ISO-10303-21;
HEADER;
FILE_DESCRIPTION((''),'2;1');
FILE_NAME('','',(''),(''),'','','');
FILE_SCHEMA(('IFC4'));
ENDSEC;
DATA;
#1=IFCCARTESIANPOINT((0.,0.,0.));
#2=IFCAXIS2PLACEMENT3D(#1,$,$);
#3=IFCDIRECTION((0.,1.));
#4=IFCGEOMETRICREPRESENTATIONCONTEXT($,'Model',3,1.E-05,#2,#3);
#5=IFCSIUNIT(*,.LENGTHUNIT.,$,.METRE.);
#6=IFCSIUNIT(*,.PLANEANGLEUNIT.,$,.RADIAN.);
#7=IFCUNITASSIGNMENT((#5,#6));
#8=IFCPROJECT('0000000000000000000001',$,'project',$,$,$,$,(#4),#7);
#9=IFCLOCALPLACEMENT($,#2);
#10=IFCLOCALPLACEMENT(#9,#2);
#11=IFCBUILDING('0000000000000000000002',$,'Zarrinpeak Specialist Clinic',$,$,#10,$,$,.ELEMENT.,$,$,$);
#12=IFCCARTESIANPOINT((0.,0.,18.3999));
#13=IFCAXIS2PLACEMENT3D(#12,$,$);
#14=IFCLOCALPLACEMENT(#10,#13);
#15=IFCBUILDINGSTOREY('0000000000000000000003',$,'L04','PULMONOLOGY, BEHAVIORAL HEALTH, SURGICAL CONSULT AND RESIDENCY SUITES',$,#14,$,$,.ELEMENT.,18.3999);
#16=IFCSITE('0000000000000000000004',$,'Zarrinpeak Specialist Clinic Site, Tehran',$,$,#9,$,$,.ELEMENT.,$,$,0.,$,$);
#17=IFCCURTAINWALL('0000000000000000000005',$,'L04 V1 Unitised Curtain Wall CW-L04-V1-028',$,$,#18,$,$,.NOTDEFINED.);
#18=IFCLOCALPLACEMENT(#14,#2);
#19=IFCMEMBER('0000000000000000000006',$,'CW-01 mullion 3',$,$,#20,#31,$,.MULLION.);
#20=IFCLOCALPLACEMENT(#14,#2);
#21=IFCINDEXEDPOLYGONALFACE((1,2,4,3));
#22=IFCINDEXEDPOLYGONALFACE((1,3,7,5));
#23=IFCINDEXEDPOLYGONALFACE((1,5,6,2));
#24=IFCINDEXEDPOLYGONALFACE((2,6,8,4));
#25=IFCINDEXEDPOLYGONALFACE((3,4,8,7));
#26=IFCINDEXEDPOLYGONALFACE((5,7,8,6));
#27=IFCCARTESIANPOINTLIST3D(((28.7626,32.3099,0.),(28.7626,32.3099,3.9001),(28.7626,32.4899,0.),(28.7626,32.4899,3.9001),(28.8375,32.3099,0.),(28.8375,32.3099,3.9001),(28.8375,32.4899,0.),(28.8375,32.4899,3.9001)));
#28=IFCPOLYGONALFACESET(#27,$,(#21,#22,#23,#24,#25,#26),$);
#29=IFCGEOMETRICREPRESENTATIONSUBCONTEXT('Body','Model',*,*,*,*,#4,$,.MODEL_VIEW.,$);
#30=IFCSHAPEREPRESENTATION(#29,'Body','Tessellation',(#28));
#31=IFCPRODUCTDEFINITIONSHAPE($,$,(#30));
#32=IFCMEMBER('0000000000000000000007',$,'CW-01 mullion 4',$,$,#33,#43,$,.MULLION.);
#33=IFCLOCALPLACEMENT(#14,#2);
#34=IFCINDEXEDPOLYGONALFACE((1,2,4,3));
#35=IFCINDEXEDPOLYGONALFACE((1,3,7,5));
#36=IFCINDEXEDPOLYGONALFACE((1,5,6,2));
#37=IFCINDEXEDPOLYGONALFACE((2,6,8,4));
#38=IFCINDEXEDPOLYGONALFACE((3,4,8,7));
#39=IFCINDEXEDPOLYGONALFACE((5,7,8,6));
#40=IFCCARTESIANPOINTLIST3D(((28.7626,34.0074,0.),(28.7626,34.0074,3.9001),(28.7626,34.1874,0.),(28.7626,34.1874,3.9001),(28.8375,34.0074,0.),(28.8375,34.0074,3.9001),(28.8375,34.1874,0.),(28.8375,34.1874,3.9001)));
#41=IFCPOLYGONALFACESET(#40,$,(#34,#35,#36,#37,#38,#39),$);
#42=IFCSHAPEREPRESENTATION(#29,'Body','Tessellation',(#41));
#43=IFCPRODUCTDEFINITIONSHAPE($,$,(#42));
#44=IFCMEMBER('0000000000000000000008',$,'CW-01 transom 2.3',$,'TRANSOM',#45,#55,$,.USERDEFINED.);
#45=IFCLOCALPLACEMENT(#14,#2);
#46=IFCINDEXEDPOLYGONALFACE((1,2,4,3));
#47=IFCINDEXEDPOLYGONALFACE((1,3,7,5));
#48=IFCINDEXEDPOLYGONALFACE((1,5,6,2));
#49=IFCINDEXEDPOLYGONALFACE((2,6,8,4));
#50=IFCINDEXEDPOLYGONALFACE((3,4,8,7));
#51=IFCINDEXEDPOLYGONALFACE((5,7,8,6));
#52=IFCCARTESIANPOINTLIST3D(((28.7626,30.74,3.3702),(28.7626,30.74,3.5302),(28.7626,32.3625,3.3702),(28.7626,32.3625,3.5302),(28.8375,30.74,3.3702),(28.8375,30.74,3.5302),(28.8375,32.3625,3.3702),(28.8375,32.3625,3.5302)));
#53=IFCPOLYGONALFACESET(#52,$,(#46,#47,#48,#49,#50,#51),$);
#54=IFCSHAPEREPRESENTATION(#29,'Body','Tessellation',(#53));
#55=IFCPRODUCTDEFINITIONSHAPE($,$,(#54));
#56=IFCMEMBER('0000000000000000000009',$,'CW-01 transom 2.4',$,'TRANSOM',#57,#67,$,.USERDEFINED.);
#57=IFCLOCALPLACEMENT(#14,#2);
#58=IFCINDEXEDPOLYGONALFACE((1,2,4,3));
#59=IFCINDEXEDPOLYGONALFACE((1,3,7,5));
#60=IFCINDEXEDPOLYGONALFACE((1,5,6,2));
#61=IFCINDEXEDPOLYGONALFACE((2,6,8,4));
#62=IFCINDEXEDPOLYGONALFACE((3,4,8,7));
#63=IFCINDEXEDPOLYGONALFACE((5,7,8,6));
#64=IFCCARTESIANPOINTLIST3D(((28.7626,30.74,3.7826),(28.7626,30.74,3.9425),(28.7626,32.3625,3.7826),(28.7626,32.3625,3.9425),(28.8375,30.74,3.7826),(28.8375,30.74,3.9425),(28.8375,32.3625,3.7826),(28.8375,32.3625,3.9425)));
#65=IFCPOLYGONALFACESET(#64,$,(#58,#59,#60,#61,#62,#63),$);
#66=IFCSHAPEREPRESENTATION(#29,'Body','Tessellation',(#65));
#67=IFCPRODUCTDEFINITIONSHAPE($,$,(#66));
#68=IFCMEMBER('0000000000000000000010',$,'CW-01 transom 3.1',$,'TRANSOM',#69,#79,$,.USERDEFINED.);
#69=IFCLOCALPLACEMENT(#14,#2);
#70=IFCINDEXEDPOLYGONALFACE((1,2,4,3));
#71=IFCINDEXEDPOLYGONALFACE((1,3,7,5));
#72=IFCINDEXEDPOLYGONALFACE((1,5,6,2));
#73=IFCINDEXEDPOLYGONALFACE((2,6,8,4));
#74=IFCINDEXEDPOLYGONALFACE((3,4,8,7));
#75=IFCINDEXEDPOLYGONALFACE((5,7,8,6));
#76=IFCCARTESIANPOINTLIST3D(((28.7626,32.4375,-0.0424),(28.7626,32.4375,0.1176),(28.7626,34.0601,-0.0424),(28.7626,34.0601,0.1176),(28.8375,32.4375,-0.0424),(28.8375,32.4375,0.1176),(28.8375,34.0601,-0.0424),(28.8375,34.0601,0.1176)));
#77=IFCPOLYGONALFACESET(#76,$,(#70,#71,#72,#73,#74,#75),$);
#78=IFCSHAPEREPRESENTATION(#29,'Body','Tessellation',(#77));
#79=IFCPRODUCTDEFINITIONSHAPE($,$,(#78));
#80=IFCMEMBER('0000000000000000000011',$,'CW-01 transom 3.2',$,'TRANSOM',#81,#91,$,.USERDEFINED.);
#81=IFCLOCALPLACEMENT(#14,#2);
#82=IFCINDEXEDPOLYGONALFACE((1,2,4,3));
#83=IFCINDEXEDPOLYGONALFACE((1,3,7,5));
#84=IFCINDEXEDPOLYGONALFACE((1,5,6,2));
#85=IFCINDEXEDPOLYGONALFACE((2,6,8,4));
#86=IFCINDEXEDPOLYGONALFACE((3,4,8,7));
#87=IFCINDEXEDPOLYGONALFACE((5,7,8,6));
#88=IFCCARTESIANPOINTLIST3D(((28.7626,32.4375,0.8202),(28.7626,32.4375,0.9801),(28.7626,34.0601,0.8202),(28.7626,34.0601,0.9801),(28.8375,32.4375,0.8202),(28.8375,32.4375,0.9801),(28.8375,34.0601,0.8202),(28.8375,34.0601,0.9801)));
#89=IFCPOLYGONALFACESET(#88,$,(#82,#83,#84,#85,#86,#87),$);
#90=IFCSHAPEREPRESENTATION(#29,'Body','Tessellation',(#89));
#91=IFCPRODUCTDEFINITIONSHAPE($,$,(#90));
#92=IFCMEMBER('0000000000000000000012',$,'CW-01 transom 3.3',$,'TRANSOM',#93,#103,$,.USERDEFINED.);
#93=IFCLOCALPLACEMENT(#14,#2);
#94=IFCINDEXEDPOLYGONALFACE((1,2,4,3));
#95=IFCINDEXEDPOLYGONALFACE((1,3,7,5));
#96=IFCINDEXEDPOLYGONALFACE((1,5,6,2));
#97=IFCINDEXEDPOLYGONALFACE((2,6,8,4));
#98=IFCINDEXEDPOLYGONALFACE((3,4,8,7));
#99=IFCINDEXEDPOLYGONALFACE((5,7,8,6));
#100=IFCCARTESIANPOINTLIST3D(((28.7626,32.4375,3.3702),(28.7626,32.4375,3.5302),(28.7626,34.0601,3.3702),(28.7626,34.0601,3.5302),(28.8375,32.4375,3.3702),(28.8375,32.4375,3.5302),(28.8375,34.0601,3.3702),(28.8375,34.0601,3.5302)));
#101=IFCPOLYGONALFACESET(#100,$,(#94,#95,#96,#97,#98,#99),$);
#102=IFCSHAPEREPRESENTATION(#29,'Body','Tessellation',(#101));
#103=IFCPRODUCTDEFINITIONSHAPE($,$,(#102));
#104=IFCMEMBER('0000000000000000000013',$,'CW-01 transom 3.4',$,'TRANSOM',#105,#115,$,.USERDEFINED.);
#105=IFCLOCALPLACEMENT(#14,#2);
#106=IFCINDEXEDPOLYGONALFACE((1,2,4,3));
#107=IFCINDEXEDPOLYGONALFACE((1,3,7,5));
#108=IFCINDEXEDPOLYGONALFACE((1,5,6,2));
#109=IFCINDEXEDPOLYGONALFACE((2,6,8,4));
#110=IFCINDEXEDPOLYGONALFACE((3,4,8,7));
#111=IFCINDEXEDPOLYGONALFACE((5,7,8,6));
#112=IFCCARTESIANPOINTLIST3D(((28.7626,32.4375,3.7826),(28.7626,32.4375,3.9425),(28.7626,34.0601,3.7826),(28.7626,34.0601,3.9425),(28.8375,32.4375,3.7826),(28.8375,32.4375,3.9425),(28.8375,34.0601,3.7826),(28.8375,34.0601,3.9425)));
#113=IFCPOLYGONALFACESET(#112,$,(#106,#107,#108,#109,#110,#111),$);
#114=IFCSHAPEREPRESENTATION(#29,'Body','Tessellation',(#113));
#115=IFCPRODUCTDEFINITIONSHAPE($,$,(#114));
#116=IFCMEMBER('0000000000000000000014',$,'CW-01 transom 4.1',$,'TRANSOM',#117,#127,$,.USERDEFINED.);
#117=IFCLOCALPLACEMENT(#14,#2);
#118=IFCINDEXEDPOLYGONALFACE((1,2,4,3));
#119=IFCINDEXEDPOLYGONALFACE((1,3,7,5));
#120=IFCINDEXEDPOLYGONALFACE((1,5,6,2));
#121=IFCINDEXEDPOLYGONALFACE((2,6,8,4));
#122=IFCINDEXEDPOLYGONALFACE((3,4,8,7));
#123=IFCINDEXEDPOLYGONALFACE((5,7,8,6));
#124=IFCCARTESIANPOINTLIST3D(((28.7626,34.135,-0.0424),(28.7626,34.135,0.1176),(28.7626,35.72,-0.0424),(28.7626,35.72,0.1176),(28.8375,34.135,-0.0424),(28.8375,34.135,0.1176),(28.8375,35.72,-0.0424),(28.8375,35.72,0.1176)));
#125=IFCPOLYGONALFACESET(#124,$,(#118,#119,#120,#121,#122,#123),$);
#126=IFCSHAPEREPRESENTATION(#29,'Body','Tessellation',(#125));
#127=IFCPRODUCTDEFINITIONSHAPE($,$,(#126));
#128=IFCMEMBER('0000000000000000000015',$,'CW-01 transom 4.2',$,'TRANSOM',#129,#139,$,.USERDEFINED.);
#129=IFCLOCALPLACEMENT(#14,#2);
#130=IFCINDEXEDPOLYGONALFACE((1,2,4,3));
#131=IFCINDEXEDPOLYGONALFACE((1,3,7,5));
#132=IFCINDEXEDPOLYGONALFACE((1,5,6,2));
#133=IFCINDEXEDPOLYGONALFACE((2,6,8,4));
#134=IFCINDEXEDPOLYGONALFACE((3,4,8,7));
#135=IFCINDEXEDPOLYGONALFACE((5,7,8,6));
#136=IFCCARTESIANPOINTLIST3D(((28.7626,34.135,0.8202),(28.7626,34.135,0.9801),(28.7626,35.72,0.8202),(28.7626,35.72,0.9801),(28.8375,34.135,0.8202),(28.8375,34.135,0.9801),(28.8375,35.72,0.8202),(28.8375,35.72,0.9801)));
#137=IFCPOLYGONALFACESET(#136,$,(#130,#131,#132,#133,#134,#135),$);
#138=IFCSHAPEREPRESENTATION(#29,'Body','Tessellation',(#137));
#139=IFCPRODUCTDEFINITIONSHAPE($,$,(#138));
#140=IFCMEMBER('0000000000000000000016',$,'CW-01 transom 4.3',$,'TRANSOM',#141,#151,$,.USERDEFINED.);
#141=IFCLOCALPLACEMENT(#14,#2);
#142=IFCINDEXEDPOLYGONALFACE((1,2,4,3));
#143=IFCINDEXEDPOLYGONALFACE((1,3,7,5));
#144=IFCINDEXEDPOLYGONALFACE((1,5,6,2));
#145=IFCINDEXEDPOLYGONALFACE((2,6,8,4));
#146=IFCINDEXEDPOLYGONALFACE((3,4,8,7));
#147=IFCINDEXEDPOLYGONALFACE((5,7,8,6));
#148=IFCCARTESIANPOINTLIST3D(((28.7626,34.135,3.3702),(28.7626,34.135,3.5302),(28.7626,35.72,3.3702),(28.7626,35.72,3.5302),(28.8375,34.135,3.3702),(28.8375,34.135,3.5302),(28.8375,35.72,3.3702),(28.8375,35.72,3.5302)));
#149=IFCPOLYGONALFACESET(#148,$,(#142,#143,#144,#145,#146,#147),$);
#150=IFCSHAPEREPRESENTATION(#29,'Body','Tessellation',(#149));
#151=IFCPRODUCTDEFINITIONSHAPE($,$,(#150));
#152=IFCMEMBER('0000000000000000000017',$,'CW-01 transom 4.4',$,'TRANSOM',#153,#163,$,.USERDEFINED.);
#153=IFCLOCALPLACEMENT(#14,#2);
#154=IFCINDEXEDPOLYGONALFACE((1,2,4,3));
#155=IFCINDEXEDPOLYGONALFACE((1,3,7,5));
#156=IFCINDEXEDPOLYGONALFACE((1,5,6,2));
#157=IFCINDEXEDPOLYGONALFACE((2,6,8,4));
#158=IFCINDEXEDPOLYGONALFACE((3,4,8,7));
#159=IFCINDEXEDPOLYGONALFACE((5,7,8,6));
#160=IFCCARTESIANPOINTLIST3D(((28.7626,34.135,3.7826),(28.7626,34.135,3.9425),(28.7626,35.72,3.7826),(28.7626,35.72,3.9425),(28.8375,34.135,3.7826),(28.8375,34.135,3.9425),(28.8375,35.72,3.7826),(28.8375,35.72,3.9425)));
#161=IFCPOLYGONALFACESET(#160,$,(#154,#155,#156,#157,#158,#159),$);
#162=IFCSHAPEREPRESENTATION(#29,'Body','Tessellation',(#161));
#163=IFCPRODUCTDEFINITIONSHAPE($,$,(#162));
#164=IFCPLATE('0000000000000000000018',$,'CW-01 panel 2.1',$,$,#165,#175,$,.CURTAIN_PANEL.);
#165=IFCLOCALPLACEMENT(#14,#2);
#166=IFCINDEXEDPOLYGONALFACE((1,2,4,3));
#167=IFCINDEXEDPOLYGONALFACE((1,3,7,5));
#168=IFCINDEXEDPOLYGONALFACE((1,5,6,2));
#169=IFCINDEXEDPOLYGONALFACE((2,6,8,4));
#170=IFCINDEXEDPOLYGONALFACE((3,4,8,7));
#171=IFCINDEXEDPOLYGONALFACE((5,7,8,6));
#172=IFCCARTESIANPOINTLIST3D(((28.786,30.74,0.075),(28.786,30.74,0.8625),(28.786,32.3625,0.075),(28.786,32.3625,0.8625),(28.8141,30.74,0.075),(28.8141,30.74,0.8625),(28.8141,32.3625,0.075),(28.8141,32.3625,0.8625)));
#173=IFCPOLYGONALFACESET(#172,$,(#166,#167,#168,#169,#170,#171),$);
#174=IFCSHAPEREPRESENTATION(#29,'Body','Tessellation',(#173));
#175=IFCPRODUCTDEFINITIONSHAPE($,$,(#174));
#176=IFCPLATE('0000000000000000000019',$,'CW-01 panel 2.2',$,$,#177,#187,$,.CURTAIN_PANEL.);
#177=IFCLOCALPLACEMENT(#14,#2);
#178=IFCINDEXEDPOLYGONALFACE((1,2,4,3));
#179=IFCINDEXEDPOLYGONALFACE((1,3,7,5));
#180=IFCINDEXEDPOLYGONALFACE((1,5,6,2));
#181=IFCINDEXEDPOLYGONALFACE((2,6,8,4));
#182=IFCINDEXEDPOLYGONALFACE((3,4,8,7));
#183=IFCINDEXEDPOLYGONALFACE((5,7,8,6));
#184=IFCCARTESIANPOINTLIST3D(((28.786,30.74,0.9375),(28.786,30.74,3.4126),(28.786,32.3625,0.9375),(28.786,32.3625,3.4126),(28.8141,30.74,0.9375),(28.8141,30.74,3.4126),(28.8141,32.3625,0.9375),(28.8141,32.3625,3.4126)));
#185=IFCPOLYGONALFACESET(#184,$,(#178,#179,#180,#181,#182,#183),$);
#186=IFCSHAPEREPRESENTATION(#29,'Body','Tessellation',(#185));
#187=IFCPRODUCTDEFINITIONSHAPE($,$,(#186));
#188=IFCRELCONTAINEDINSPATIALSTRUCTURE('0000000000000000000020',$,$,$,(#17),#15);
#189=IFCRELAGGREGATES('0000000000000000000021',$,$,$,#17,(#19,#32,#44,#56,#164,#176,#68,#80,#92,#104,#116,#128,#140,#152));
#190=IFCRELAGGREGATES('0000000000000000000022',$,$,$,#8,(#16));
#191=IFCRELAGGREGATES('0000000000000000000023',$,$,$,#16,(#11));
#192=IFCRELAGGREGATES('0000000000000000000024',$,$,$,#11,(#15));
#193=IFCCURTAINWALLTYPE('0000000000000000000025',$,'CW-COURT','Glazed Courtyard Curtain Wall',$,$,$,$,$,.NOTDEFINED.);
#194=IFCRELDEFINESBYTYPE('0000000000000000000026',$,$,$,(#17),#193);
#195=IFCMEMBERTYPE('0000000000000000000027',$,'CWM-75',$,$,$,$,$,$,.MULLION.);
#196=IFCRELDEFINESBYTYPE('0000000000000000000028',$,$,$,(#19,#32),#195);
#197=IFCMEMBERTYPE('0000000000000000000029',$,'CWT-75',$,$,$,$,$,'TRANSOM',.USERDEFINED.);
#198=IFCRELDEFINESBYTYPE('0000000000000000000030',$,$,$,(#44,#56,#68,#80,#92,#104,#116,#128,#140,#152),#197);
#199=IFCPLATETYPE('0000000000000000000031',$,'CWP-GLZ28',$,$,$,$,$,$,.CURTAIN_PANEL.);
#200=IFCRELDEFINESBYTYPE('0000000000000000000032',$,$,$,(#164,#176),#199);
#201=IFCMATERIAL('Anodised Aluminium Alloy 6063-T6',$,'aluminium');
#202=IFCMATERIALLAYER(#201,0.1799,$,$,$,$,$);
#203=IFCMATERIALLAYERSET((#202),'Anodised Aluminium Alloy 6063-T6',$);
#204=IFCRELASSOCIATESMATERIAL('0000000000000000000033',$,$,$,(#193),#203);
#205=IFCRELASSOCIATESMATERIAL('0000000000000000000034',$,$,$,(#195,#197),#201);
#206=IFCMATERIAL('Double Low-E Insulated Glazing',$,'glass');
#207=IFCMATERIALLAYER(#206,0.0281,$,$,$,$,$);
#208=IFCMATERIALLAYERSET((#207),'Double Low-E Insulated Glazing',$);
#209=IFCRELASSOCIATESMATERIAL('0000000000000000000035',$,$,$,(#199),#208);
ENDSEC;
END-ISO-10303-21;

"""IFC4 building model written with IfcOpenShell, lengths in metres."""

from ifc_helpers import new_model, si_unit, direction, frame, origin, origin_2d, place, context, subcontext, project, spatial, rectangle, extrude, material, layer, layer_set, material_profile, profile_set, type_object, element, aggregate, save


model = new_model("IFC4")

# Units and contexts
model_context = context("Model", 3, precision=1e-05, world=origin(), true_north=direction((0.0, 1.0)))
body_context = subcontext(model_context, "Body", "Model", "MODEL_VIEW")
ifc_project = project(units=[si_unit("LENGTHUNIT", "METRE"), si_unit("PLANEANGLEUNIT", "RADIAN")], contexts=[model_context])

# Site, building, storey
site_placement = place(None, origin())
site = spatial("IfcSite", under=ifc_project, at=site_placement, Name="Zarrinpeak Specialist Clinic Site, Tehran", CompositionType="ELEMENT", RefElevation=0.0)
building_placement = place(site_placement, origin())
building = spatial("IfcBuilding", under=site, at=building_placement, Name="Zarrinpeak Specialist Clinic", CompositionType="ELEMENT")
storey_placement = place(building_placement, frame((0.0, 0.0, 18.3999)))
storey = spatial("IfcBuildingStorey", under=building, at=storey_placement, Name="L04", Description="PULMONOLOGY, BEHAVIORAL HEALTH, SURGICAL CONSULT AND RESIDENCY SUITES", CompositionType="ELEMENT", Elevation=18.3999)

# Curtain wall, members, plates
ifc_material_1 = material(Name="Anodised Aluminium Alloy 6063-T6", Category="aluminium")
ifc_layer_1 = layer(ifc_material_1, 0.1799)
ifc_layer_set_1 = layer_set([ifc_layer_1], Name="Anodised Aluminium Alloy 6063-T6")
curtain_wall_type = type_object("IfcCurtainWallType", Name="CW-COURT", Description="Glazed Courtyard Curtain Wall", PredefinedType="NOTDEFINED", material=ifc_layer_set_1)
curtain_wall_placement = place(storey_placement, origin())
curtain_wall = element("IfcCurtainWall", 1, at=curtain_wall_placement, inside=storey, type_object=curtain_wall_type, Name="L04 V1 Unitised Curtain Wall CW-L04-V1-028", PredefinedType="NOTDEFINED")
ifc_material_profile_1 = material_profile(ifc_material_1, rectangle(XDim=0.075, YDim=0.1799, at=origin_2d()), Name="ALU 75x180")
ifc_profile_set_1 = profile_set([ifc_material_profile_1], Name="Anodised Aluminium Alloy 6063-T6")
member_type_1 = type_object("IfcMemberType", Name="CWM-75", PredefinedType="MULLION", material=ifc_profile_set_1)
member_1_placement = place(storey_placement, frame((28.8, 32.3999, 0.0), z_axis=(0.0, 0.0, 1.0), x_axis=(-1.0, 0.0, 0.0)))
member_1 = element("IfcMember", 2, at=member_1_placement, type_object=member_type_1, Name="CW-01 mullion 3", PredefinedType="MULLION", context=body_context, shape_type="SweptSolid", body=[
    extrude(rectangle(XDim=0.075, YDim=0.1799, at=origin_2d()), origin(), (0.0, 0.0, 1.0), 3.9001),
])
member_2_placement = place(storey_placement, frame((28.8, 34.0974, 0.0), z_axis=(0.0, 0.0, 1.0), x_axis=(-1.0, 0.0, 0.0)))
member_2 = element("IfcMember", 3, at=member_2_placement, type_object=member_type_1, Name="CW-01 mullion 4", PredefinedType="MULLION", context=body_context, shape_type="SweptSolid", body=[
    extrude(rectangle(XDim=0.075, YDim=0.1799, at=origin_2d()), origin(), (0.0, 0.0, 1.0), 3.9001),
])
ifc_material_profile_2 = material_profile(ifc_material_1, rectangle(XDim=0.075, YDim=0.1599, at=origin_2d()), Name="ALU 75x160")
ifc_profile_set_2 = profile_set([ifc_material_profile_2], Name="Anodised Aluminium Alloy 6063-T6")
member_type_2 = type_object("IfcMemberType", Name="CWT-75", ElementType="TRANSOM", PredefinedType="USERDEFINED", material=ifc_profile_set_2)
member_3_placement = place(storey_placement, frame((28.8, 30.74, 3.4502), z_axis=(0.0, 1.0, 0.0), x_axis=(-1.0, 0.0, 0.0)))
member_3 = element("IfcMember", 4, at=member_3_placement, type_object=member_type_2, Name="CW-01 transom 2.3", ObjectType="TRANSOM", PredefinedType="USERDEFINED", context=body_context, shape_type="SweptSolid", body=[
    extrude(rectangle(XDim=0.075, YDim=0.1599, at=origin_2d()), origin(), (0.0, 0.0, 1.0), 1.6226),
])
member_4_placement = place(storey_placement, frame((28.8, 30.74, 3.8625), z_axis=(0.0, 1.0, 0.0), x_axis=(-1.0, 0.0, 0.0)))
member_4 = element("IfcMember", 5, at=member_4_placement, type_object=member_type_2, Name="CW-01 transom 2.4", ObjectType="TRANSOM", PredefinedType="USERDEFINED", context=body_context, shape_type="SweptSolid", body=[
    extrude(rectangle(XDim=0.075, YDim=0.1599, at=origin_2d()), origin(), (0.0, 0.0, 1.0), 1.6226),
])
member_5_placement = place(storey_placement, frame((28.8, 32.4375, 0.0376), z_axis=(0.0, 1.0, 0.0), x_axis=(-1.0, 0.0, 0.0)))
member_5 = element("IfcMember", 6, at=member_5_placement, type_object=member_type_2, Name="CW-01 transom 3.1", ObjectType="TRANSOM", PredefinedType="USERDEFINED", context=body_context, shape_type="SweptSolid", body=[
    extrude(rectangle(XDim=0.075, YDim=0.1599, at=origin_2d()), origin(), (0.0, 0.0, 1.0), 1.6226),
])
member_6_placement = place(storey_placement, frame((28.8, 32.4375, 0.9001), z_axis=(0.0, 1.0, 0.0), x_axis=(-1.0, 0.0, 0.0)))
member_6 = element("IfcMember", 7, at=member_6_placement, type_object=member_type_2, Name="CW-01 transom 3.2", ObjectType="TRANSOM", PredefinedType="USERDEFINED", context=body_context, shape_type="SweptSolid", body=[
    extrude(rectangle(XDim=0.075, YDim=0.1599, at=origin_2d()), origin(), (0.0, 0.0, 1.0), 1.6226),
])
member_7_placement = place(storey_placement, frame((28.8, 32.4375, 3.4502), z_axis=(0.0, 1.0, 0.0), x_axis=(-1.0, 0.0, 0.0)))
member_7 = element("IfcMember", 8, at=member_7_placement, type_object=member_type_2, Name="CW-01 transom 3.3", ObjectType="TRANSOM", PredefinedType="USERDEFINED", context=body_context, shape_type="SweptSolid", body=[
    extrude(rectangle(XDim=0.075, YDim=0.1599, at=origin_2d()), origin(), (0.0, 0.0, 1.0), 1.6226),
])
member_8_placement = place(storey_placement, frame((28.8, 32.4375, 3.8625), z_axis=(0.0, 1.0, 0.0), x_axis=(-1.0, 0.0, 0.0)))
member_8 = element("IfcMember", 9, at=member_8_placement, type_object=member_type_2, Name="CW-01 transom 3.4", ObjectType="TRANSOM", PredefinedType="USERDEFINED", context=body_context, shape_type="SweptSolid", body=[
    extrude(rectangle(XDim=0.075, YDim=0.1599, at=origin_2d()), origin(), (0.0, 0.0, 1.0), 1.6226),
])
member_9_placement = place(storey_placement, frame((28.8, 34.135, 0.0376), z_axis=(0.0, 1.0, 0.0), x_axis=(-1.0, 0.0, 0.0)))
member_9 = element("IfcMember", 10, at=member_9_placement, type_object=member_type_2, Name="CW-01 transom 4.1", ObjectType="TRANSOM", PredefinedType="USERDEFINED", context=body_context, shape_type="SweptSolid", body=[
    extrude(rectangle(XDim=0.075, YDim=0.1599, at=origin_2d()), origin(), (0.0, 0.0, 1.0), 1.585),
])
member_10_placement = place(storey_placement, frame((28.8, 34.135, 0.9001), z_axis=(0.0, 1.0, 0.0), x_axis=(-1.0, 0.0, 0.0)))
member_10 = element("IfcMember", 11, at=member_10_placement, type_object=member_type_2, Name="CW-01 transom 4.2", ObjectType="TRANSOM", PredefinedType="USERDEFINED", context=body_context, shape_type="SweptSolid", body=[
    extrude(rectangle(XDim=0.075, YDim=0.1599, at=origin_2d()), origin(), (0.0, 0.0, 1.0), 1.585),
])
member_11_placement = place(storey_placement, frame((28.8, 34.135, 3.4502), z_axis=(0.0, 1.0, 0.0), x_axis=(-1.0, 0.0, 0.0)))
member_11 = element("IfcMember", 12, at=member_11_placement, type_object=member_type_2, Name="CW-01 transom 4.3", ObjectType="TRANSOM", PredefinedType="USERDEFINED", context=body_context, shape_type="SweptSolid", body=[
    extrude(rectangle(XDim=0.075, YDim=0.1599, at=origin_2d()), origin(), (0.0, 0.0, 1.0), 1.585),
])
member_12_placement = place(storey_placement, frame((28.8, 34.135, 3.8625), z_axis=(0.0, 1.0, 0.0), x_axis=(-1.0, 0.0, 0.0)))
member_12 = element("IfcMember", 13, at=member_12_placement, type_object=member_type_2, Name="CW-01 transom 4.4", ObjectType="TRANSOM", PredefinedType="USERDEFINED", context=body_context, shape_type="SweptSolid", body=[
    extrude(rectangle(XDim=0.075, YDim=0.1599, at=origin_2d()), origin(), (0.0, 0.0, 1.0), 1.585),
])
ifc_material_2 = material(Name="Double Low-E Insulated Glazing", Category="glass")
ifc_layer_2 = layer(ifc_material_2, 0.0281)
ifc_layer_set_2 = layer_set([ifc_layer_2], Name="Double Low-E Insulated Glazing")
plate_type = type_object("IfcPlateType", Name="CWP-GLZ28", PredefinedType="CURTAIN_PANEL", material=ifc_layer_set_2)
plate_1_placement = place(storey_placement, frame((28.8, 31.5513, 0.075), z_axis=(0.0, 0.0, 1.0), x_axis=(0.0, 1.0, 0.0)))
plate_1 = element("IfcPlate", 14, at=plate_1_placement, type_object=plate_type, Name="CW-01 panel 2.1", PredefinedType="CURTAIN_PANEL", context=body_context, shape_type="SweptSolid", body=[
    extrude(rectangle(XDim=1.6226, YDim=0.0281, at=origin_2d()), origin(), (0.0, 0.0, 1.0), 0.7876),
])
plate_2_placement = place(storey_placement, frame((28.8, 31.5513, 0.9375), z_axis=(0.0, 0.0, 1.0), x_axis=(0.0, 1.0, 0.0)))
plate_2 = element("IfcPlate", 15, at=plate_2_placement, type_object=plate_type, Name="CW-01 panel 2.2", PredefinedType="CURTAIN_PANEL", context=body_context, shape_type="SweptSolid", body=[
    extrude(rectangle(XDim=1.6226, YDim=0.0281, at=origin_2d()), origin(), (0.0, 0.0, 1.0), 2.4751),
])
aggregate(curtain_wall, [member_1, member_2, member_3, member_4, plate_1, plate_2, member_5, member_6, member_7, member_8, member_9, member_10, member_11, member_12])

save(model, "model.ifc")
